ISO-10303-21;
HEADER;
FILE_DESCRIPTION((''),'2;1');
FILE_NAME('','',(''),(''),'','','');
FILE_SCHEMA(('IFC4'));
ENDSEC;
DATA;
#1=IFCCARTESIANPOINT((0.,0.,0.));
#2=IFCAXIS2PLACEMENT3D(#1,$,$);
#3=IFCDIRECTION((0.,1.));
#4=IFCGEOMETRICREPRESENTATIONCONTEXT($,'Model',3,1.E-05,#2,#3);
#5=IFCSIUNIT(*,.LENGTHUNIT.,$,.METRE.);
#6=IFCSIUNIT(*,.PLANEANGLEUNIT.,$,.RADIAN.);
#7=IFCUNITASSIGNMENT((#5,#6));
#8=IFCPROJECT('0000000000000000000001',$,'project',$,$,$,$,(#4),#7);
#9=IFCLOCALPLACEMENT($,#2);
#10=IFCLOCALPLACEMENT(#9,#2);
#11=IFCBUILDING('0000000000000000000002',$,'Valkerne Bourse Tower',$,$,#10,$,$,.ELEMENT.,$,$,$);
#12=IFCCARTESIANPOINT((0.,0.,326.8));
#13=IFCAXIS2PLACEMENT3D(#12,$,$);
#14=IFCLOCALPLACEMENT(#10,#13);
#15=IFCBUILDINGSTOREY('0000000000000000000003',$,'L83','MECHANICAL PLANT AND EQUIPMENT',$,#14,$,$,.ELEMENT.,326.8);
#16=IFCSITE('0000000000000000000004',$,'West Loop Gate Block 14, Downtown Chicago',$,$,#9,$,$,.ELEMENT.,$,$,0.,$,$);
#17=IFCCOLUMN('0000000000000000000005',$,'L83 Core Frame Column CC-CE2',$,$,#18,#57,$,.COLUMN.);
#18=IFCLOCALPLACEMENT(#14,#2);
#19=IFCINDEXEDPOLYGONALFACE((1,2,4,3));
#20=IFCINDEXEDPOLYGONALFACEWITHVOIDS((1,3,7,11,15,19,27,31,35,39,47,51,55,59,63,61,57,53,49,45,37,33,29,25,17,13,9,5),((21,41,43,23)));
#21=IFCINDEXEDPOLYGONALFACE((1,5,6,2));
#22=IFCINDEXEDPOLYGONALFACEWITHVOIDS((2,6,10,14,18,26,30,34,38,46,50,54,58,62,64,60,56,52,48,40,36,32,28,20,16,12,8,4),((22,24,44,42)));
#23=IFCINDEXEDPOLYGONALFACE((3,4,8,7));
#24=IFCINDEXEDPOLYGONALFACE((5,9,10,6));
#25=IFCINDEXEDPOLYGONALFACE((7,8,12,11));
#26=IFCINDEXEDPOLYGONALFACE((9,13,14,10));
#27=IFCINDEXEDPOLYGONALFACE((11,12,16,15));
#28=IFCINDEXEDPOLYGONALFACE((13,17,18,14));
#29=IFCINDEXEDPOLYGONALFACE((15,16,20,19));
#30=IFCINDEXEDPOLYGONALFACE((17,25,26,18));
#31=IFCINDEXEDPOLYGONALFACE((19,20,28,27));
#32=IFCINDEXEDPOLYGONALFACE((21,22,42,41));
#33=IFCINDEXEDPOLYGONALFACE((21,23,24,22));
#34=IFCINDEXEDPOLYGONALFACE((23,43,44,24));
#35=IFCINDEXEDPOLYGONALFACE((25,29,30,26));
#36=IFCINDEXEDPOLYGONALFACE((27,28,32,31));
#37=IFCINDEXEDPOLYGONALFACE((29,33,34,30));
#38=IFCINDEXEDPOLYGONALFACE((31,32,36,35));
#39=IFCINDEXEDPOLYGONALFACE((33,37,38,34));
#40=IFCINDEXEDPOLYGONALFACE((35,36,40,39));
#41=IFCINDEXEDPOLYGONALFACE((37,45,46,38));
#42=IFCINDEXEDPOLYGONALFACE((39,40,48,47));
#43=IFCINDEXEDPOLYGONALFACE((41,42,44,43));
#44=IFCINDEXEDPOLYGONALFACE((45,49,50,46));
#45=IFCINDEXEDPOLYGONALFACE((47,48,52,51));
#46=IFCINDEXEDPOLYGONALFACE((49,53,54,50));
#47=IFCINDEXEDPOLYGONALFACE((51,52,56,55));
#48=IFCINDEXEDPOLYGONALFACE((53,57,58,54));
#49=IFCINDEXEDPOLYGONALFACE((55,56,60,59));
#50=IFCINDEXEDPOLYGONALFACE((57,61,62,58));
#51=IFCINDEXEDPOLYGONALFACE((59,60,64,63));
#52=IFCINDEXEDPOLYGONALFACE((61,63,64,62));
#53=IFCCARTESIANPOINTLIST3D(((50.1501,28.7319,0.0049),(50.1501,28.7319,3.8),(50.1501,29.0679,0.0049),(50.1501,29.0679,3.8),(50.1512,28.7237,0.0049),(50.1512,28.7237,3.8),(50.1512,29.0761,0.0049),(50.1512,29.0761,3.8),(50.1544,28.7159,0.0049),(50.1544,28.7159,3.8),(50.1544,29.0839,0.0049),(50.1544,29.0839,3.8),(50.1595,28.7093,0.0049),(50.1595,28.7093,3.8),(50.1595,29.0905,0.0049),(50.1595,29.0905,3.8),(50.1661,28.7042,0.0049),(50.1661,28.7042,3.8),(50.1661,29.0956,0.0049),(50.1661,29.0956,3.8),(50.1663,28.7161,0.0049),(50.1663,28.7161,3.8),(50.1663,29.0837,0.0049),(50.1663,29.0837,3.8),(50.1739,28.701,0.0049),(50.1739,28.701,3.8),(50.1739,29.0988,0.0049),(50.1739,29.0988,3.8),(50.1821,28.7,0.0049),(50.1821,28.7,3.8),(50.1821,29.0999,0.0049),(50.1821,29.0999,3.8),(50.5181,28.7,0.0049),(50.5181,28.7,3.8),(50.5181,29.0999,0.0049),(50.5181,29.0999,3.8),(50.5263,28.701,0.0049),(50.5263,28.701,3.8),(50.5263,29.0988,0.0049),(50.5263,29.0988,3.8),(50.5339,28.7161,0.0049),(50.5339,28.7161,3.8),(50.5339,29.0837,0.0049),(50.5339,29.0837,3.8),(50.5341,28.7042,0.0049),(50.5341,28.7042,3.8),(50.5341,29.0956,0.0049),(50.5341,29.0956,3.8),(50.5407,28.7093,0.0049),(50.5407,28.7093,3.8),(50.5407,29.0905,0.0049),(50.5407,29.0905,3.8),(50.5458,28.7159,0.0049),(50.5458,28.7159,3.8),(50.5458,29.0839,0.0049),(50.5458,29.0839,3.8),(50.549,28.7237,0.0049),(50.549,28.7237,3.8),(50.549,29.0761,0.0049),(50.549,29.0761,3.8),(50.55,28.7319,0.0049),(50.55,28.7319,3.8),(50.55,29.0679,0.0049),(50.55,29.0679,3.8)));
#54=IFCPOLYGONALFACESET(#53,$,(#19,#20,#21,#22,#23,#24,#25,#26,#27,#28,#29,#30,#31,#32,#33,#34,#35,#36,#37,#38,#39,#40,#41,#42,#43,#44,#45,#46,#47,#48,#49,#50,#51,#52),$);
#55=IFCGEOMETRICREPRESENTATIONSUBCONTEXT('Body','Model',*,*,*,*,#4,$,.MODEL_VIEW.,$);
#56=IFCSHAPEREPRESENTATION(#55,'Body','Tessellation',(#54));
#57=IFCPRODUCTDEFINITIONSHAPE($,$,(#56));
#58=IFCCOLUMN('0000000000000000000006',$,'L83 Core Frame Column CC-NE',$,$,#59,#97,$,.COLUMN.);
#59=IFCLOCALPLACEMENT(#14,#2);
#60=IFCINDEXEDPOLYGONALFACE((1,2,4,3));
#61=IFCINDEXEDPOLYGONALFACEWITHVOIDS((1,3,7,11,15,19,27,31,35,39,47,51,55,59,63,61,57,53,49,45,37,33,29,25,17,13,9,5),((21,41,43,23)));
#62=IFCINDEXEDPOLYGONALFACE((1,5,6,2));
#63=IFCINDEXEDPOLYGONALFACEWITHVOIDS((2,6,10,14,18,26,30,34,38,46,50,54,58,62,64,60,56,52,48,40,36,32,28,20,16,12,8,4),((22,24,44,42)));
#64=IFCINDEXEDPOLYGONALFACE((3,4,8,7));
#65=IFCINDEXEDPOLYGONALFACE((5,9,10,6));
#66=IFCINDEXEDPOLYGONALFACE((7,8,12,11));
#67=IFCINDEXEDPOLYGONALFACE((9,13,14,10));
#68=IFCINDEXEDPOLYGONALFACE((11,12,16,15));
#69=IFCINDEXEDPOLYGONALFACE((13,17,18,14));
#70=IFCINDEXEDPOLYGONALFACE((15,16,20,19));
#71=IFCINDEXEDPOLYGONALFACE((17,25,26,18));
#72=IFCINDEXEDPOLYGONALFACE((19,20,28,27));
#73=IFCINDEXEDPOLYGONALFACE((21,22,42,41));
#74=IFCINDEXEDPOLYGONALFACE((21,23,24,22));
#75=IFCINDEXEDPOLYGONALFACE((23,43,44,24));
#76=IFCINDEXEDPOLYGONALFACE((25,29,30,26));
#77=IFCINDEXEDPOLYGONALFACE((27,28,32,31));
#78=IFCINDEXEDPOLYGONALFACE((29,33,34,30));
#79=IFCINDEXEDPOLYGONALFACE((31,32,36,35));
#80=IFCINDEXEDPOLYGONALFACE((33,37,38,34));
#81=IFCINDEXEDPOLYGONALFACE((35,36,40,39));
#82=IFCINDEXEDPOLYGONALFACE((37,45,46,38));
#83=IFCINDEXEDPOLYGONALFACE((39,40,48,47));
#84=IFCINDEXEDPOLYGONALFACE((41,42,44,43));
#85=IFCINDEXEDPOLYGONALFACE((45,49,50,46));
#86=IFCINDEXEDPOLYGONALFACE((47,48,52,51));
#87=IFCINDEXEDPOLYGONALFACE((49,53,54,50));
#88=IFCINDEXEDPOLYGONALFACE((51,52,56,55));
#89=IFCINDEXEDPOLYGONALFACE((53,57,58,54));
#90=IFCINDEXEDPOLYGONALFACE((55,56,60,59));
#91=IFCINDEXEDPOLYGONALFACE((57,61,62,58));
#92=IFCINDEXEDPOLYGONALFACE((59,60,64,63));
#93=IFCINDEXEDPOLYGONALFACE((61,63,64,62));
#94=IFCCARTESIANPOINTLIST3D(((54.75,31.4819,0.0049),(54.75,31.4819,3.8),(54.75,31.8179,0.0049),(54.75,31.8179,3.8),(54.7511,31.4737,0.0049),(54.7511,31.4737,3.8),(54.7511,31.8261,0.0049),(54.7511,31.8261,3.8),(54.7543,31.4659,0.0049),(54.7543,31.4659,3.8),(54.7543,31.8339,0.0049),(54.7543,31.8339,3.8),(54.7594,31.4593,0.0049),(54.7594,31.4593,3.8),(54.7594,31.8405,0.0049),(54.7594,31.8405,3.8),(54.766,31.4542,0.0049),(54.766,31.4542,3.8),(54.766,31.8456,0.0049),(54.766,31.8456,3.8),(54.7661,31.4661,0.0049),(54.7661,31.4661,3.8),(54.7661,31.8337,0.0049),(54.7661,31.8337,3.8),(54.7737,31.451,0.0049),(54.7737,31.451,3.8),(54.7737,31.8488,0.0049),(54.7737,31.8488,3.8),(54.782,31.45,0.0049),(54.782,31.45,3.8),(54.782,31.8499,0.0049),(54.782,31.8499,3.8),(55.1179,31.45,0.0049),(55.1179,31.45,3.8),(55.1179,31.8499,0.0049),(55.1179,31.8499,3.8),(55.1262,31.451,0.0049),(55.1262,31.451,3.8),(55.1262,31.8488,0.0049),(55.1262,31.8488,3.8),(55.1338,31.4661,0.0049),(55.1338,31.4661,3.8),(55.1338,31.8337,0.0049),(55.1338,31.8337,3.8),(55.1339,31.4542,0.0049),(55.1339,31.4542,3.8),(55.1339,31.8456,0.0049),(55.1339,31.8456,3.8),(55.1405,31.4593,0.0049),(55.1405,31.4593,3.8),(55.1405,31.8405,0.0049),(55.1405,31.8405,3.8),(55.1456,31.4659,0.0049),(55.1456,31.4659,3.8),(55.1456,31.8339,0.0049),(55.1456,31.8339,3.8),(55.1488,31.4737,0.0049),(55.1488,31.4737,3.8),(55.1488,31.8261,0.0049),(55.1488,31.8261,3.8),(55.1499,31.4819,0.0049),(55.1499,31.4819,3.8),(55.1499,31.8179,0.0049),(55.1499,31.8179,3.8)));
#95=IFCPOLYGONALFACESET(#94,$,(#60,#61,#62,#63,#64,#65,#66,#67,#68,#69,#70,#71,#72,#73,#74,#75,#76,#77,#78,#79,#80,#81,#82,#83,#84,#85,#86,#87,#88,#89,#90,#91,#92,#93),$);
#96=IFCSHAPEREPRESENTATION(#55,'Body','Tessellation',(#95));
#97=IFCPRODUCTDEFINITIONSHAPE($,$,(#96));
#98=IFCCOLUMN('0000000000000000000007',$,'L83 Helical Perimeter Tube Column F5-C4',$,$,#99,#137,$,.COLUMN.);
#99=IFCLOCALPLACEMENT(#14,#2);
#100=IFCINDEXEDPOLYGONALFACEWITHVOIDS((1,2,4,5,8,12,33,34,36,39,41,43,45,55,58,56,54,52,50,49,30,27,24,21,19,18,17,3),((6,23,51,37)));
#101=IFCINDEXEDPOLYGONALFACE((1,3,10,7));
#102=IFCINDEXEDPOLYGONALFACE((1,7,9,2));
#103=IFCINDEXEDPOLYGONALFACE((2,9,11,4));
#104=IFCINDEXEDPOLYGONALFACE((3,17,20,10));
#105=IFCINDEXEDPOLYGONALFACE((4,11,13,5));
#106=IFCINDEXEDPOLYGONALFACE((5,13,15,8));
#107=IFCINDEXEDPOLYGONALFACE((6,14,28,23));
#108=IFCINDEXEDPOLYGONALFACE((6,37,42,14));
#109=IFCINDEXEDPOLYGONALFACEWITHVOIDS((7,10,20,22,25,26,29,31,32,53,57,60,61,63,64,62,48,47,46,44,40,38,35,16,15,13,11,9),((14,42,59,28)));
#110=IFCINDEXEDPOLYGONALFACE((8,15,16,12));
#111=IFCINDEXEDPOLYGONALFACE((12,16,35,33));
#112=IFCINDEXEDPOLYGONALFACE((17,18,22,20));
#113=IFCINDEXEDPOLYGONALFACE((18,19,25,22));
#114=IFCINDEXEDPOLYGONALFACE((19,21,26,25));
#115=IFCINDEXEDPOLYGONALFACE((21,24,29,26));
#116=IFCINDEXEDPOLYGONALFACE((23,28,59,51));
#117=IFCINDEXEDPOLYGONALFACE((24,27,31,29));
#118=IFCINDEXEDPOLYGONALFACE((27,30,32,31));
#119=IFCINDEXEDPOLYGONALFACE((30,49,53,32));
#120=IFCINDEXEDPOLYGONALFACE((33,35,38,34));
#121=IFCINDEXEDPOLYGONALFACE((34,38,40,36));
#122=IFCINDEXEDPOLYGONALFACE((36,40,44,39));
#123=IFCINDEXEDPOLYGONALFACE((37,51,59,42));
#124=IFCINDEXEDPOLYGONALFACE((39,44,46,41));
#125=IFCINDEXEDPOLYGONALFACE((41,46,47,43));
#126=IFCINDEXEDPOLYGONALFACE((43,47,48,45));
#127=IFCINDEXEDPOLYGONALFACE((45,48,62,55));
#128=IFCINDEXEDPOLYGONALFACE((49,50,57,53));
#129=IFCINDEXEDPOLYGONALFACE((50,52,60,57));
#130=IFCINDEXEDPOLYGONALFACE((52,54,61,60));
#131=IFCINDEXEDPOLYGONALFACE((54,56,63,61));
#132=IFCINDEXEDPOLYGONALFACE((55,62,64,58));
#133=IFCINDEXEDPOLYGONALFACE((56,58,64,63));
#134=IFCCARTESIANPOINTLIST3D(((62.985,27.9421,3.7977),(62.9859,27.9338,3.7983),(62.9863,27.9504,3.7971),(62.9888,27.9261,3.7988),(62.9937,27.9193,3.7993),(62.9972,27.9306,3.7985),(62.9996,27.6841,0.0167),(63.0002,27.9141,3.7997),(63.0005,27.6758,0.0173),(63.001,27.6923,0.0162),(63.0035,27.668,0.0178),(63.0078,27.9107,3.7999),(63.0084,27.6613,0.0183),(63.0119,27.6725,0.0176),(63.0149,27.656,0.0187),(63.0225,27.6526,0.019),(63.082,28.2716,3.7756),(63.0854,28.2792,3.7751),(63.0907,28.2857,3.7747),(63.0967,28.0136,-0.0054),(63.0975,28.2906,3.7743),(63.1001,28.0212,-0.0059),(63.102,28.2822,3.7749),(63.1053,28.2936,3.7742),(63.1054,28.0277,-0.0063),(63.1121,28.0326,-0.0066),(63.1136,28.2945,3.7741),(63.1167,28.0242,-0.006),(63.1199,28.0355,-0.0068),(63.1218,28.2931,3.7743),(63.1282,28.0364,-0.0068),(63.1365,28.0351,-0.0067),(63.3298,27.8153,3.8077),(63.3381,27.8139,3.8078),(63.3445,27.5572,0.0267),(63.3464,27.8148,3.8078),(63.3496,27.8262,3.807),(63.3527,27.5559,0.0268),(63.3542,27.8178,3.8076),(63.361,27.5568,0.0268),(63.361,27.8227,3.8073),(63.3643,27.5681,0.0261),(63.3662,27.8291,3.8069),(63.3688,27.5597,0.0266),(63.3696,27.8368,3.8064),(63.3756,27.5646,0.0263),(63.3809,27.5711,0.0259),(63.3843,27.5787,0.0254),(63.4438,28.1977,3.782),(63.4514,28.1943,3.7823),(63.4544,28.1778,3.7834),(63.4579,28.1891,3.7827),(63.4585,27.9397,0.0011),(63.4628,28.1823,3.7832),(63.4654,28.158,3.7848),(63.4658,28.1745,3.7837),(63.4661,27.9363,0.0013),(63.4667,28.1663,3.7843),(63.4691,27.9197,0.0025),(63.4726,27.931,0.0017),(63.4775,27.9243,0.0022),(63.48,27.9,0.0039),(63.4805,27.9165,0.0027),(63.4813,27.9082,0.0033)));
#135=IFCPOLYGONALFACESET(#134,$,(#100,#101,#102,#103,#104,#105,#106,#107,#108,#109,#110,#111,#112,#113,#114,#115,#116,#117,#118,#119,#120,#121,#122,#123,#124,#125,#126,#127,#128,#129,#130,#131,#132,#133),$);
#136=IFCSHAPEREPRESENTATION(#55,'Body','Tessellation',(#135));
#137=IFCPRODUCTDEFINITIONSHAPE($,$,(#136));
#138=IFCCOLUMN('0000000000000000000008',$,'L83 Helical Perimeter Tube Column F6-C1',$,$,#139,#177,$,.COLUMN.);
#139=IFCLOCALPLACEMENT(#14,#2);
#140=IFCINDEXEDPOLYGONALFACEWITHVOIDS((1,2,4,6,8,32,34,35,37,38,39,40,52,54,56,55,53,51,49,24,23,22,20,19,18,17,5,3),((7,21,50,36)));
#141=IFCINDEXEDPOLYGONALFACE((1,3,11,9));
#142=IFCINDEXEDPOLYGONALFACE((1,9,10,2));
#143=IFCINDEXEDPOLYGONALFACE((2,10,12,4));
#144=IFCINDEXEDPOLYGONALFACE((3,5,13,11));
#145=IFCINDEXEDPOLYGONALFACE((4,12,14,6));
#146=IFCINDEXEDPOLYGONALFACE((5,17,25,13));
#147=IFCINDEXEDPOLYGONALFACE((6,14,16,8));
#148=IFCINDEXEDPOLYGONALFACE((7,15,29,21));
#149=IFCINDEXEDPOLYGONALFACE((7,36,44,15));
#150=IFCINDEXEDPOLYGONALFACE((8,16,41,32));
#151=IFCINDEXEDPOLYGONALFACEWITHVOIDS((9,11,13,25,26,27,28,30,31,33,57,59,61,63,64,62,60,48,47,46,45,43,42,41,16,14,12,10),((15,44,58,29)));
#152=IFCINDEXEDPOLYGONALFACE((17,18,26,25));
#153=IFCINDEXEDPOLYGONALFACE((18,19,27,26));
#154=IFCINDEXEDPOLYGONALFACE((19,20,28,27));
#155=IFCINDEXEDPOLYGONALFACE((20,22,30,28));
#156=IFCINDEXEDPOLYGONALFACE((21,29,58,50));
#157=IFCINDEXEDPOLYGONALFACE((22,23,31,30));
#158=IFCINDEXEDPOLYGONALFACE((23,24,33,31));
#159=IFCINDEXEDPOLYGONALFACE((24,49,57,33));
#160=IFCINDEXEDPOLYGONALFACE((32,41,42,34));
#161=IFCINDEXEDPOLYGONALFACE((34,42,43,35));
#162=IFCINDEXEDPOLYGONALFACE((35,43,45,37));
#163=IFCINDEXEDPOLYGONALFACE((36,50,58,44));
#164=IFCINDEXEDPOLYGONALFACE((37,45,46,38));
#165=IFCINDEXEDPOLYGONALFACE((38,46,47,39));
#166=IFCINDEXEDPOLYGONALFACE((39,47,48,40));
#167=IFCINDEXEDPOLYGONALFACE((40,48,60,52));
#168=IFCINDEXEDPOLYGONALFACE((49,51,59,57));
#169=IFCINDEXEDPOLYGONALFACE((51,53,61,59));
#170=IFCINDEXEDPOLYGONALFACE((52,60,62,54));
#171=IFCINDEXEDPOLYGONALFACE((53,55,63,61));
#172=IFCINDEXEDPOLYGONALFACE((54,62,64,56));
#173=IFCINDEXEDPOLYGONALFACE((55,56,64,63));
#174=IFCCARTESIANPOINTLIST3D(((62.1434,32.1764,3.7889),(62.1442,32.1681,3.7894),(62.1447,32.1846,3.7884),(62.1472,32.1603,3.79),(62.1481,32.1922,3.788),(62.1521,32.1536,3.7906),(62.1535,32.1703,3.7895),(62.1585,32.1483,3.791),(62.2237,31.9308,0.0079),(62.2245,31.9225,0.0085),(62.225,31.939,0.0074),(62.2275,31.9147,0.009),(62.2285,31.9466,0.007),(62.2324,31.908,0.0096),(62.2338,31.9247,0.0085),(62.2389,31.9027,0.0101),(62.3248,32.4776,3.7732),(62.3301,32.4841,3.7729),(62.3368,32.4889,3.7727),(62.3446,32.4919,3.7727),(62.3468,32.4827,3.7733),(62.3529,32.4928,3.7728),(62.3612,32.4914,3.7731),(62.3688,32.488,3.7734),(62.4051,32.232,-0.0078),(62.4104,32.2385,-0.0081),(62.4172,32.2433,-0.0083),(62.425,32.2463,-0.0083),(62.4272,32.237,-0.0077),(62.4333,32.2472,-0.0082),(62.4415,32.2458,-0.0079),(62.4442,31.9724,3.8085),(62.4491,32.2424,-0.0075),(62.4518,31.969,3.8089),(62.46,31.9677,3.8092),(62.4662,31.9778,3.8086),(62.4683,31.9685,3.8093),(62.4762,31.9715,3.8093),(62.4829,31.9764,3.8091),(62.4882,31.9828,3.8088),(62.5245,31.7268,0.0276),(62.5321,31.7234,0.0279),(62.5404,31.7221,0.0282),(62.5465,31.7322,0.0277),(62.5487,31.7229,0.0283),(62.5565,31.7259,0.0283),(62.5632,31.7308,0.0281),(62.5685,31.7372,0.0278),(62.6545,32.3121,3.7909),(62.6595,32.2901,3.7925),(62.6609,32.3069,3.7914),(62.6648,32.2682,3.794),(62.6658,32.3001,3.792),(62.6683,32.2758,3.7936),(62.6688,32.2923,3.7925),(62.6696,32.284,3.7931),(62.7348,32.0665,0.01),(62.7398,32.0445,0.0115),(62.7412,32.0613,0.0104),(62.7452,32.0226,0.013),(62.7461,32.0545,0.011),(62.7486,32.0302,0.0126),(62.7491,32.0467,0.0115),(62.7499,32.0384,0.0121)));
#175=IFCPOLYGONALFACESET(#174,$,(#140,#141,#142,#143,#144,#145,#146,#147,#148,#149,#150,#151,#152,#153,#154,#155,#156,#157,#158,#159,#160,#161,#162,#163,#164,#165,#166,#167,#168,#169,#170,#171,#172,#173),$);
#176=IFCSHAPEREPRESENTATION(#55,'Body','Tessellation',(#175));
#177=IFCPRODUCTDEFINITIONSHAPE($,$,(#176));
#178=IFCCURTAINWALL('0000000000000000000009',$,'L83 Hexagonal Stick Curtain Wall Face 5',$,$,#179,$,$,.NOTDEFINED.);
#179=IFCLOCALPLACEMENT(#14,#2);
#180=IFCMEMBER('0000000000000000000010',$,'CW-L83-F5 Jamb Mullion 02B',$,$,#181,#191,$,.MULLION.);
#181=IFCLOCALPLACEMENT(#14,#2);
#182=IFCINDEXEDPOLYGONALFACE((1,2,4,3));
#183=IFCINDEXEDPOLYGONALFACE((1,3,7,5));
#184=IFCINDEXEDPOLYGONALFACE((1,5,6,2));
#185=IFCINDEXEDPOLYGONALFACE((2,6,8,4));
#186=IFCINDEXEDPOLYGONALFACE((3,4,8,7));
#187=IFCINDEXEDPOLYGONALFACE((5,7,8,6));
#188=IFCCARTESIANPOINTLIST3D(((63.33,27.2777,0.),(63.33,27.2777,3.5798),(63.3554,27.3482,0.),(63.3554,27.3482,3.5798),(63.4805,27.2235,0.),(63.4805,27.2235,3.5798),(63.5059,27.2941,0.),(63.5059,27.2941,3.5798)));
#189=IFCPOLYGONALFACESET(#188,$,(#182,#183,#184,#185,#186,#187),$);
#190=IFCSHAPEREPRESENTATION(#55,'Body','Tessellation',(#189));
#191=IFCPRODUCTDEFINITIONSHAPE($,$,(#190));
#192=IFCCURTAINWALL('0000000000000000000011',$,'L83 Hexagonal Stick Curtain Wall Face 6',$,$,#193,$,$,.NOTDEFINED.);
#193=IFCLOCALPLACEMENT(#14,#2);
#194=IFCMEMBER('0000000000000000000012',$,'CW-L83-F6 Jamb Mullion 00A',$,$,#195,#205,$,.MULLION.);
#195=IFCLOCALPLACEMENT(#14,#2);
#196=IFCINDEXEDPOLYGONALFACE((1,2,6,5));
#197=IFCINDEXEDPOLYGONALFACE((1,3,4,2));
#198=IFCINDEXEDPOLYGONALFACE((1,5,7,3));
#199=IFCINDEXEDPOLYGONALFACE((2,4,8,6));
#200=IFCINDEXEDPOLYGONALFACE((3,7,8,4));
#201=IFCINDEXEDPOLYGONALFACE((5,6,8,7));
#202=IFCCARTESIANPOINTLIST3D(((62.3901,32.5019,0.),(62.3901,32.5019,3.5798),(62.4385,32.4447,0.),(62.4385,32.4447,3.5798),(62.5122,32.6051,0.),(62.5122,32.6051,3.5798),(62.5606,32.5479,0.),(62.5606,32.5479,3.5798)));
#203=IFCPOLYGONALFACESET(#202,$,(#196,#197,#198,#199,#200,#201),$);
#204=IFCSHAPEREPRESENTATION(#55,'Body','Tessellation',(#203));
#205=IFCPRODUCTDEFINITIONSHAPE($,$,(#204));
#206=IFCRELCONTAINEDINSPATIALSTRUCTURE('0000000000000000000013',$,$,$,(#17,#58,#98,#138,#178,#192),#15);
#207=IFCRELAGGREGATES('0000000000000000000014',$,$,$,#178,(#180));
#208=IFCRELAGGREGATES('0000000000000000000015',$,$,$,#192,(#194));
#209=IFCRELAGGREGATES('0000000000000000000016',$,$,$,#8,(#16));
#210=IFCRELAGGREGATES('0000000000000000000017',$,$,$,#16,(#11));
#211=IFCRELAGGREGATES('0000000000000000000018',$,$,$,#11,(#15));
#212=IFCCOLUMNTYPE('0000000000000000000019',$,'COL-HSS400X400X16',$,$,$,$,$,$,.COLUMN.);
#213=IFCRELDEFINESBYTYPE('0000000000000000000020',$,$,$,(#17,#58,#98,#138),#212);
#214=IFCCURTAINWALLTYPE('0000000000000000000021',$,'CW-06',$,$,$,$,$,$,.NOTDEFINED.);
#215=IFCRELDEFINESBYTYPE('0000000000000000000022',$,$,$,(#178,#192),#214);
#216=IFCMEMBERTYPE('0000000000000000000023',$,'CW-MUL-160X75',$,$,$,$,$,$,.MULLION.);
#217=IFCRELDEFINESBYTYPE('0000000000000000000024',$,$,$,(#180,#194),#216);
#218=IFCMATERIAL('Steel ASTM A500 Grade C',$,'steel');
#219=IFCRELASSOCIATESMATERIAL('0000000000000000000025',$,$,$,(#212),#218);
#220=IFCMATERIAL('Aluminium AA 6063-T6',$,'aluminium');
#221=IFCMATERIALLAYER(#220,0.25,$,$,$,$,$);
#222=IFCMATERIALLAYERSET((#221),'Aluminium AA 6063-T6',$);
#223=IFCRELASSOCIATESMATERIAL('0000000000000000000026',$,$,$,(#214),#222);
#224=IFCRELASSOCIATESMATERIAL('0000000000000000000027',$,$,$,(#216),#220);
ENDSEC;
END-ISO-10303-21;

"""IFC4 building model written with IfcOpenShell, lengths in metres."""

from ifc_helpers import new_model, si_unit, direction, frame, origin, origin_2d, place, context, subcontext, project, spatial, rectangle, hollow_rectangle, extrude, material, layer, layer_set, material_profile, profile_set, type_object, element, aggregate, save


model = new_model("IFC4")

# Units and contexts
model_context = context("Model", 3, precision=1e-05, world=origin(), true_north=direction((0.0, 1.0)))
body_context = subcontext(model_context, "Body", "Model", "MODEL_VIEW")
ifc_project = project(units=[si_unit("LENGTHUNIT", "METRE"), si_unit("PLANEANGLEUNIT", "RADIAN")], contexts=[model_context])

# Site, building, storey
site_placement = place(None, origin())
site = spatial("IfcSite", under=ifc_project, at=site_placement, Name="West Loop Gate Block 14, Downtown Chicago", CompositionType="ELEMENT", RefElevation=0.0)
building_placement = place(site_placement, origin())
building = spatial("IfcBuilding", under=site, at=building_placement, Name="Valkerne Bourse Tower", CompositionType="ELEMENT")
storey_placement = place(building_placement, frame((0.0, 0.0, 326.8)))
storey = spatial("IfcBuildingStorey", under=building, at=storey_placement, Name="L83", Description="MECHANICAL PLANT AND EQUIPMENT", CompositionType="ELEMENT", Elevation=326.8)

# Columns
ifc_material_1 = material(Name="Steel ASTM A500 Grade C", Category="steel")
ifc_material_profile_1 = material_profile(ifc_material_1, hollow_rectangle(XDim=0.3999, YDim=0.3999, WallThickness=0.0161, OuterFilletRadius=0.032, at=origin_2d()), Name="HSS400X400X16")
ifc_profile_set_1 = profile_set([ifc_material_profile_1], Name="Steel ASTM A500 Grade C")
column_type = type_object("IfcColumnType", Name="COL-HSS400X400X16", PredefinedType="COLUMN", material=ifc_profile_set_1)
for number, where, z_axis, x_axis, name in (
    (1, (50.3501, 28.8999, 0.0049), (0.0, 0.0, 1.0), (1.0, 0.0, 0.0), "L83 Core Frame Column CC-CE2"),
    (2, (54.95, 31.6499, 0.0049), (0.0, 0.0, 1.0), (1.0, 0.0, 0.0), "L83 Core Frame Column CC-NE"),
):
    element("IfcColumn", number, at=place(storey_placement, frame(where, z_axis=z_axis, x_axis=x_axis)), inside=storey, type_object=column_type, Name=name, PredefinedType="COLUMN", context=body_context, shape_type="SweptSolid", body=[
        extrude(hollow_rectangle(XDim=0.3999, YDim=0.3999, WallThickness=0.0161, OuterFilletRadius=0.032, at=origin_2d()), origin(), (0.0, 0.0, 1.0), 3.7952),
    ])
for number, where, z_axis, x_axis, name in (
    (3, (63.2405, 27.7961, 0.01), (-0.003865, 0.068092, 0.997672), (-0.284995, -0.956379, 0.064169), "L83 Helical Perimeter Tube Column F5-C4"),
    (4, (62.4868, 31.9846, 0.01), (-0.021194, 0.064807, 0.997673), (0.850348, -0.523638, 0.052079), "L83 Helical Perimeter Tube Column F6-C1"),
):
    element("IfcColumn", number, at=place(storey_placement, frame(where, z_axis=z_axis, x_axis=x_axis)), inside=storey, type_object=column_type, Name=name, PredefinedType="COLUMN", context=body_context, shape_type="SweptSolid", body=[
        extrude(hollow_rectangle(XDim=0.3999, YDim=0.3999, WallThickness=0.0161, OuterFilletRadius=0.032, at=origin_2d()), origin(), (0.0, 0.0, 1.0), 3.7898),
    ])

# Curtain wall, member
ifc_material_2 = material(Name="Aluminium AA 6063-T6", Category="aluminium")
ifc_layer_1 = layer(ifc_material_2, 0.25)
ifc_layer_set_1 = layer_set([ifc_layer_1], Name="Aluminium AA 6063-T6")
curtain_wall_type = type_object("IfcCurtainWallType", Name="CW-06", PredefinedType="NOTDEFINED", material=ifc_layer_set_1)
curtain_wall_1_placement = place(storey_placement, origin())
curtain_wall_1 = element("IfcCurtainWall", 5, at=curtain_wall_1_placement, inside=storey, type_object=curtain_wall_type, Name="L83 Hexagonal Stick Curtain Wall Face 5", PredefinedType="NOTDEFINED")
ifc_material_profile_2 = material_profile(ifc_material_2, rectangle(XDim=0.075, YDim=0.1599, at=origin_2d()), Name="CWM-75X160")
ifc_profile_set_2 = profile_set([ifc_material_profile_2], Name="Aluminium AA 6063-T6")
member_type_1 = type_object("IfcMemberType", Name="CW-MUL-160X75", PredefinedType="MULLION", material=ifc_profile_set_2)
member_1_placement = place(storey_placement, frame((63.418, 27.2859, 0.0), z_axis=(0.0, 0.0, 1.0), x_axis=(0.338745, 0.940878, 0.0)))
member_1 = element("IfcMember", 6, at=member_1_placement, type_object=member_type_1, Name="CW-L83-F5 Jamb Mullion 02B", PredefinedType="MULLION", context=body_context, shape_type="SweptSolid", body=[
    extrude(rectangle(XDim=0.075, YDim=0.1599, at=origin_2d()), origin(), (0.0, 0.0, 1.0), 3.5798),
])
aggregate(curtain_wall_1, [member_1])

# Curtain wall, member
curtain_wall_2_placement = place(storey_placement, origin())
curtain_wall_2 = element("IfcCurtainWall", 7, at=curtain_wall_2_placement, inside=storey, type_object=curtain_wall_type, Name="L83 Hexagonal Stick Curtain Wall Face 6", PredefinedType="NOTDEFINED")
member_2_placement = place(storey_placement, frame((62.4753, 32.5249, 0.0), z_axis=(0.0, 0.0, 1.0), x_axis=(-0.645449, 0.763803, 0.0)))
member_2 = element("IfcMember", 8, at=member_2_placement, type_object=member_type_1, Name="CW-L83-F6 Jamb Mullion 00A", PredefinedType="MULLION", context=body_context, shape_type="SweptSolid", body=[
    extrude(rectangle(XDim=0.075, YDim=0.1599, at=origin_2d()), origin(), (0.0, 0.0, 1.0), 3.5798),
])
aggregate(curtain_wall_2, [member_2])

save(model, "model.ifc")
